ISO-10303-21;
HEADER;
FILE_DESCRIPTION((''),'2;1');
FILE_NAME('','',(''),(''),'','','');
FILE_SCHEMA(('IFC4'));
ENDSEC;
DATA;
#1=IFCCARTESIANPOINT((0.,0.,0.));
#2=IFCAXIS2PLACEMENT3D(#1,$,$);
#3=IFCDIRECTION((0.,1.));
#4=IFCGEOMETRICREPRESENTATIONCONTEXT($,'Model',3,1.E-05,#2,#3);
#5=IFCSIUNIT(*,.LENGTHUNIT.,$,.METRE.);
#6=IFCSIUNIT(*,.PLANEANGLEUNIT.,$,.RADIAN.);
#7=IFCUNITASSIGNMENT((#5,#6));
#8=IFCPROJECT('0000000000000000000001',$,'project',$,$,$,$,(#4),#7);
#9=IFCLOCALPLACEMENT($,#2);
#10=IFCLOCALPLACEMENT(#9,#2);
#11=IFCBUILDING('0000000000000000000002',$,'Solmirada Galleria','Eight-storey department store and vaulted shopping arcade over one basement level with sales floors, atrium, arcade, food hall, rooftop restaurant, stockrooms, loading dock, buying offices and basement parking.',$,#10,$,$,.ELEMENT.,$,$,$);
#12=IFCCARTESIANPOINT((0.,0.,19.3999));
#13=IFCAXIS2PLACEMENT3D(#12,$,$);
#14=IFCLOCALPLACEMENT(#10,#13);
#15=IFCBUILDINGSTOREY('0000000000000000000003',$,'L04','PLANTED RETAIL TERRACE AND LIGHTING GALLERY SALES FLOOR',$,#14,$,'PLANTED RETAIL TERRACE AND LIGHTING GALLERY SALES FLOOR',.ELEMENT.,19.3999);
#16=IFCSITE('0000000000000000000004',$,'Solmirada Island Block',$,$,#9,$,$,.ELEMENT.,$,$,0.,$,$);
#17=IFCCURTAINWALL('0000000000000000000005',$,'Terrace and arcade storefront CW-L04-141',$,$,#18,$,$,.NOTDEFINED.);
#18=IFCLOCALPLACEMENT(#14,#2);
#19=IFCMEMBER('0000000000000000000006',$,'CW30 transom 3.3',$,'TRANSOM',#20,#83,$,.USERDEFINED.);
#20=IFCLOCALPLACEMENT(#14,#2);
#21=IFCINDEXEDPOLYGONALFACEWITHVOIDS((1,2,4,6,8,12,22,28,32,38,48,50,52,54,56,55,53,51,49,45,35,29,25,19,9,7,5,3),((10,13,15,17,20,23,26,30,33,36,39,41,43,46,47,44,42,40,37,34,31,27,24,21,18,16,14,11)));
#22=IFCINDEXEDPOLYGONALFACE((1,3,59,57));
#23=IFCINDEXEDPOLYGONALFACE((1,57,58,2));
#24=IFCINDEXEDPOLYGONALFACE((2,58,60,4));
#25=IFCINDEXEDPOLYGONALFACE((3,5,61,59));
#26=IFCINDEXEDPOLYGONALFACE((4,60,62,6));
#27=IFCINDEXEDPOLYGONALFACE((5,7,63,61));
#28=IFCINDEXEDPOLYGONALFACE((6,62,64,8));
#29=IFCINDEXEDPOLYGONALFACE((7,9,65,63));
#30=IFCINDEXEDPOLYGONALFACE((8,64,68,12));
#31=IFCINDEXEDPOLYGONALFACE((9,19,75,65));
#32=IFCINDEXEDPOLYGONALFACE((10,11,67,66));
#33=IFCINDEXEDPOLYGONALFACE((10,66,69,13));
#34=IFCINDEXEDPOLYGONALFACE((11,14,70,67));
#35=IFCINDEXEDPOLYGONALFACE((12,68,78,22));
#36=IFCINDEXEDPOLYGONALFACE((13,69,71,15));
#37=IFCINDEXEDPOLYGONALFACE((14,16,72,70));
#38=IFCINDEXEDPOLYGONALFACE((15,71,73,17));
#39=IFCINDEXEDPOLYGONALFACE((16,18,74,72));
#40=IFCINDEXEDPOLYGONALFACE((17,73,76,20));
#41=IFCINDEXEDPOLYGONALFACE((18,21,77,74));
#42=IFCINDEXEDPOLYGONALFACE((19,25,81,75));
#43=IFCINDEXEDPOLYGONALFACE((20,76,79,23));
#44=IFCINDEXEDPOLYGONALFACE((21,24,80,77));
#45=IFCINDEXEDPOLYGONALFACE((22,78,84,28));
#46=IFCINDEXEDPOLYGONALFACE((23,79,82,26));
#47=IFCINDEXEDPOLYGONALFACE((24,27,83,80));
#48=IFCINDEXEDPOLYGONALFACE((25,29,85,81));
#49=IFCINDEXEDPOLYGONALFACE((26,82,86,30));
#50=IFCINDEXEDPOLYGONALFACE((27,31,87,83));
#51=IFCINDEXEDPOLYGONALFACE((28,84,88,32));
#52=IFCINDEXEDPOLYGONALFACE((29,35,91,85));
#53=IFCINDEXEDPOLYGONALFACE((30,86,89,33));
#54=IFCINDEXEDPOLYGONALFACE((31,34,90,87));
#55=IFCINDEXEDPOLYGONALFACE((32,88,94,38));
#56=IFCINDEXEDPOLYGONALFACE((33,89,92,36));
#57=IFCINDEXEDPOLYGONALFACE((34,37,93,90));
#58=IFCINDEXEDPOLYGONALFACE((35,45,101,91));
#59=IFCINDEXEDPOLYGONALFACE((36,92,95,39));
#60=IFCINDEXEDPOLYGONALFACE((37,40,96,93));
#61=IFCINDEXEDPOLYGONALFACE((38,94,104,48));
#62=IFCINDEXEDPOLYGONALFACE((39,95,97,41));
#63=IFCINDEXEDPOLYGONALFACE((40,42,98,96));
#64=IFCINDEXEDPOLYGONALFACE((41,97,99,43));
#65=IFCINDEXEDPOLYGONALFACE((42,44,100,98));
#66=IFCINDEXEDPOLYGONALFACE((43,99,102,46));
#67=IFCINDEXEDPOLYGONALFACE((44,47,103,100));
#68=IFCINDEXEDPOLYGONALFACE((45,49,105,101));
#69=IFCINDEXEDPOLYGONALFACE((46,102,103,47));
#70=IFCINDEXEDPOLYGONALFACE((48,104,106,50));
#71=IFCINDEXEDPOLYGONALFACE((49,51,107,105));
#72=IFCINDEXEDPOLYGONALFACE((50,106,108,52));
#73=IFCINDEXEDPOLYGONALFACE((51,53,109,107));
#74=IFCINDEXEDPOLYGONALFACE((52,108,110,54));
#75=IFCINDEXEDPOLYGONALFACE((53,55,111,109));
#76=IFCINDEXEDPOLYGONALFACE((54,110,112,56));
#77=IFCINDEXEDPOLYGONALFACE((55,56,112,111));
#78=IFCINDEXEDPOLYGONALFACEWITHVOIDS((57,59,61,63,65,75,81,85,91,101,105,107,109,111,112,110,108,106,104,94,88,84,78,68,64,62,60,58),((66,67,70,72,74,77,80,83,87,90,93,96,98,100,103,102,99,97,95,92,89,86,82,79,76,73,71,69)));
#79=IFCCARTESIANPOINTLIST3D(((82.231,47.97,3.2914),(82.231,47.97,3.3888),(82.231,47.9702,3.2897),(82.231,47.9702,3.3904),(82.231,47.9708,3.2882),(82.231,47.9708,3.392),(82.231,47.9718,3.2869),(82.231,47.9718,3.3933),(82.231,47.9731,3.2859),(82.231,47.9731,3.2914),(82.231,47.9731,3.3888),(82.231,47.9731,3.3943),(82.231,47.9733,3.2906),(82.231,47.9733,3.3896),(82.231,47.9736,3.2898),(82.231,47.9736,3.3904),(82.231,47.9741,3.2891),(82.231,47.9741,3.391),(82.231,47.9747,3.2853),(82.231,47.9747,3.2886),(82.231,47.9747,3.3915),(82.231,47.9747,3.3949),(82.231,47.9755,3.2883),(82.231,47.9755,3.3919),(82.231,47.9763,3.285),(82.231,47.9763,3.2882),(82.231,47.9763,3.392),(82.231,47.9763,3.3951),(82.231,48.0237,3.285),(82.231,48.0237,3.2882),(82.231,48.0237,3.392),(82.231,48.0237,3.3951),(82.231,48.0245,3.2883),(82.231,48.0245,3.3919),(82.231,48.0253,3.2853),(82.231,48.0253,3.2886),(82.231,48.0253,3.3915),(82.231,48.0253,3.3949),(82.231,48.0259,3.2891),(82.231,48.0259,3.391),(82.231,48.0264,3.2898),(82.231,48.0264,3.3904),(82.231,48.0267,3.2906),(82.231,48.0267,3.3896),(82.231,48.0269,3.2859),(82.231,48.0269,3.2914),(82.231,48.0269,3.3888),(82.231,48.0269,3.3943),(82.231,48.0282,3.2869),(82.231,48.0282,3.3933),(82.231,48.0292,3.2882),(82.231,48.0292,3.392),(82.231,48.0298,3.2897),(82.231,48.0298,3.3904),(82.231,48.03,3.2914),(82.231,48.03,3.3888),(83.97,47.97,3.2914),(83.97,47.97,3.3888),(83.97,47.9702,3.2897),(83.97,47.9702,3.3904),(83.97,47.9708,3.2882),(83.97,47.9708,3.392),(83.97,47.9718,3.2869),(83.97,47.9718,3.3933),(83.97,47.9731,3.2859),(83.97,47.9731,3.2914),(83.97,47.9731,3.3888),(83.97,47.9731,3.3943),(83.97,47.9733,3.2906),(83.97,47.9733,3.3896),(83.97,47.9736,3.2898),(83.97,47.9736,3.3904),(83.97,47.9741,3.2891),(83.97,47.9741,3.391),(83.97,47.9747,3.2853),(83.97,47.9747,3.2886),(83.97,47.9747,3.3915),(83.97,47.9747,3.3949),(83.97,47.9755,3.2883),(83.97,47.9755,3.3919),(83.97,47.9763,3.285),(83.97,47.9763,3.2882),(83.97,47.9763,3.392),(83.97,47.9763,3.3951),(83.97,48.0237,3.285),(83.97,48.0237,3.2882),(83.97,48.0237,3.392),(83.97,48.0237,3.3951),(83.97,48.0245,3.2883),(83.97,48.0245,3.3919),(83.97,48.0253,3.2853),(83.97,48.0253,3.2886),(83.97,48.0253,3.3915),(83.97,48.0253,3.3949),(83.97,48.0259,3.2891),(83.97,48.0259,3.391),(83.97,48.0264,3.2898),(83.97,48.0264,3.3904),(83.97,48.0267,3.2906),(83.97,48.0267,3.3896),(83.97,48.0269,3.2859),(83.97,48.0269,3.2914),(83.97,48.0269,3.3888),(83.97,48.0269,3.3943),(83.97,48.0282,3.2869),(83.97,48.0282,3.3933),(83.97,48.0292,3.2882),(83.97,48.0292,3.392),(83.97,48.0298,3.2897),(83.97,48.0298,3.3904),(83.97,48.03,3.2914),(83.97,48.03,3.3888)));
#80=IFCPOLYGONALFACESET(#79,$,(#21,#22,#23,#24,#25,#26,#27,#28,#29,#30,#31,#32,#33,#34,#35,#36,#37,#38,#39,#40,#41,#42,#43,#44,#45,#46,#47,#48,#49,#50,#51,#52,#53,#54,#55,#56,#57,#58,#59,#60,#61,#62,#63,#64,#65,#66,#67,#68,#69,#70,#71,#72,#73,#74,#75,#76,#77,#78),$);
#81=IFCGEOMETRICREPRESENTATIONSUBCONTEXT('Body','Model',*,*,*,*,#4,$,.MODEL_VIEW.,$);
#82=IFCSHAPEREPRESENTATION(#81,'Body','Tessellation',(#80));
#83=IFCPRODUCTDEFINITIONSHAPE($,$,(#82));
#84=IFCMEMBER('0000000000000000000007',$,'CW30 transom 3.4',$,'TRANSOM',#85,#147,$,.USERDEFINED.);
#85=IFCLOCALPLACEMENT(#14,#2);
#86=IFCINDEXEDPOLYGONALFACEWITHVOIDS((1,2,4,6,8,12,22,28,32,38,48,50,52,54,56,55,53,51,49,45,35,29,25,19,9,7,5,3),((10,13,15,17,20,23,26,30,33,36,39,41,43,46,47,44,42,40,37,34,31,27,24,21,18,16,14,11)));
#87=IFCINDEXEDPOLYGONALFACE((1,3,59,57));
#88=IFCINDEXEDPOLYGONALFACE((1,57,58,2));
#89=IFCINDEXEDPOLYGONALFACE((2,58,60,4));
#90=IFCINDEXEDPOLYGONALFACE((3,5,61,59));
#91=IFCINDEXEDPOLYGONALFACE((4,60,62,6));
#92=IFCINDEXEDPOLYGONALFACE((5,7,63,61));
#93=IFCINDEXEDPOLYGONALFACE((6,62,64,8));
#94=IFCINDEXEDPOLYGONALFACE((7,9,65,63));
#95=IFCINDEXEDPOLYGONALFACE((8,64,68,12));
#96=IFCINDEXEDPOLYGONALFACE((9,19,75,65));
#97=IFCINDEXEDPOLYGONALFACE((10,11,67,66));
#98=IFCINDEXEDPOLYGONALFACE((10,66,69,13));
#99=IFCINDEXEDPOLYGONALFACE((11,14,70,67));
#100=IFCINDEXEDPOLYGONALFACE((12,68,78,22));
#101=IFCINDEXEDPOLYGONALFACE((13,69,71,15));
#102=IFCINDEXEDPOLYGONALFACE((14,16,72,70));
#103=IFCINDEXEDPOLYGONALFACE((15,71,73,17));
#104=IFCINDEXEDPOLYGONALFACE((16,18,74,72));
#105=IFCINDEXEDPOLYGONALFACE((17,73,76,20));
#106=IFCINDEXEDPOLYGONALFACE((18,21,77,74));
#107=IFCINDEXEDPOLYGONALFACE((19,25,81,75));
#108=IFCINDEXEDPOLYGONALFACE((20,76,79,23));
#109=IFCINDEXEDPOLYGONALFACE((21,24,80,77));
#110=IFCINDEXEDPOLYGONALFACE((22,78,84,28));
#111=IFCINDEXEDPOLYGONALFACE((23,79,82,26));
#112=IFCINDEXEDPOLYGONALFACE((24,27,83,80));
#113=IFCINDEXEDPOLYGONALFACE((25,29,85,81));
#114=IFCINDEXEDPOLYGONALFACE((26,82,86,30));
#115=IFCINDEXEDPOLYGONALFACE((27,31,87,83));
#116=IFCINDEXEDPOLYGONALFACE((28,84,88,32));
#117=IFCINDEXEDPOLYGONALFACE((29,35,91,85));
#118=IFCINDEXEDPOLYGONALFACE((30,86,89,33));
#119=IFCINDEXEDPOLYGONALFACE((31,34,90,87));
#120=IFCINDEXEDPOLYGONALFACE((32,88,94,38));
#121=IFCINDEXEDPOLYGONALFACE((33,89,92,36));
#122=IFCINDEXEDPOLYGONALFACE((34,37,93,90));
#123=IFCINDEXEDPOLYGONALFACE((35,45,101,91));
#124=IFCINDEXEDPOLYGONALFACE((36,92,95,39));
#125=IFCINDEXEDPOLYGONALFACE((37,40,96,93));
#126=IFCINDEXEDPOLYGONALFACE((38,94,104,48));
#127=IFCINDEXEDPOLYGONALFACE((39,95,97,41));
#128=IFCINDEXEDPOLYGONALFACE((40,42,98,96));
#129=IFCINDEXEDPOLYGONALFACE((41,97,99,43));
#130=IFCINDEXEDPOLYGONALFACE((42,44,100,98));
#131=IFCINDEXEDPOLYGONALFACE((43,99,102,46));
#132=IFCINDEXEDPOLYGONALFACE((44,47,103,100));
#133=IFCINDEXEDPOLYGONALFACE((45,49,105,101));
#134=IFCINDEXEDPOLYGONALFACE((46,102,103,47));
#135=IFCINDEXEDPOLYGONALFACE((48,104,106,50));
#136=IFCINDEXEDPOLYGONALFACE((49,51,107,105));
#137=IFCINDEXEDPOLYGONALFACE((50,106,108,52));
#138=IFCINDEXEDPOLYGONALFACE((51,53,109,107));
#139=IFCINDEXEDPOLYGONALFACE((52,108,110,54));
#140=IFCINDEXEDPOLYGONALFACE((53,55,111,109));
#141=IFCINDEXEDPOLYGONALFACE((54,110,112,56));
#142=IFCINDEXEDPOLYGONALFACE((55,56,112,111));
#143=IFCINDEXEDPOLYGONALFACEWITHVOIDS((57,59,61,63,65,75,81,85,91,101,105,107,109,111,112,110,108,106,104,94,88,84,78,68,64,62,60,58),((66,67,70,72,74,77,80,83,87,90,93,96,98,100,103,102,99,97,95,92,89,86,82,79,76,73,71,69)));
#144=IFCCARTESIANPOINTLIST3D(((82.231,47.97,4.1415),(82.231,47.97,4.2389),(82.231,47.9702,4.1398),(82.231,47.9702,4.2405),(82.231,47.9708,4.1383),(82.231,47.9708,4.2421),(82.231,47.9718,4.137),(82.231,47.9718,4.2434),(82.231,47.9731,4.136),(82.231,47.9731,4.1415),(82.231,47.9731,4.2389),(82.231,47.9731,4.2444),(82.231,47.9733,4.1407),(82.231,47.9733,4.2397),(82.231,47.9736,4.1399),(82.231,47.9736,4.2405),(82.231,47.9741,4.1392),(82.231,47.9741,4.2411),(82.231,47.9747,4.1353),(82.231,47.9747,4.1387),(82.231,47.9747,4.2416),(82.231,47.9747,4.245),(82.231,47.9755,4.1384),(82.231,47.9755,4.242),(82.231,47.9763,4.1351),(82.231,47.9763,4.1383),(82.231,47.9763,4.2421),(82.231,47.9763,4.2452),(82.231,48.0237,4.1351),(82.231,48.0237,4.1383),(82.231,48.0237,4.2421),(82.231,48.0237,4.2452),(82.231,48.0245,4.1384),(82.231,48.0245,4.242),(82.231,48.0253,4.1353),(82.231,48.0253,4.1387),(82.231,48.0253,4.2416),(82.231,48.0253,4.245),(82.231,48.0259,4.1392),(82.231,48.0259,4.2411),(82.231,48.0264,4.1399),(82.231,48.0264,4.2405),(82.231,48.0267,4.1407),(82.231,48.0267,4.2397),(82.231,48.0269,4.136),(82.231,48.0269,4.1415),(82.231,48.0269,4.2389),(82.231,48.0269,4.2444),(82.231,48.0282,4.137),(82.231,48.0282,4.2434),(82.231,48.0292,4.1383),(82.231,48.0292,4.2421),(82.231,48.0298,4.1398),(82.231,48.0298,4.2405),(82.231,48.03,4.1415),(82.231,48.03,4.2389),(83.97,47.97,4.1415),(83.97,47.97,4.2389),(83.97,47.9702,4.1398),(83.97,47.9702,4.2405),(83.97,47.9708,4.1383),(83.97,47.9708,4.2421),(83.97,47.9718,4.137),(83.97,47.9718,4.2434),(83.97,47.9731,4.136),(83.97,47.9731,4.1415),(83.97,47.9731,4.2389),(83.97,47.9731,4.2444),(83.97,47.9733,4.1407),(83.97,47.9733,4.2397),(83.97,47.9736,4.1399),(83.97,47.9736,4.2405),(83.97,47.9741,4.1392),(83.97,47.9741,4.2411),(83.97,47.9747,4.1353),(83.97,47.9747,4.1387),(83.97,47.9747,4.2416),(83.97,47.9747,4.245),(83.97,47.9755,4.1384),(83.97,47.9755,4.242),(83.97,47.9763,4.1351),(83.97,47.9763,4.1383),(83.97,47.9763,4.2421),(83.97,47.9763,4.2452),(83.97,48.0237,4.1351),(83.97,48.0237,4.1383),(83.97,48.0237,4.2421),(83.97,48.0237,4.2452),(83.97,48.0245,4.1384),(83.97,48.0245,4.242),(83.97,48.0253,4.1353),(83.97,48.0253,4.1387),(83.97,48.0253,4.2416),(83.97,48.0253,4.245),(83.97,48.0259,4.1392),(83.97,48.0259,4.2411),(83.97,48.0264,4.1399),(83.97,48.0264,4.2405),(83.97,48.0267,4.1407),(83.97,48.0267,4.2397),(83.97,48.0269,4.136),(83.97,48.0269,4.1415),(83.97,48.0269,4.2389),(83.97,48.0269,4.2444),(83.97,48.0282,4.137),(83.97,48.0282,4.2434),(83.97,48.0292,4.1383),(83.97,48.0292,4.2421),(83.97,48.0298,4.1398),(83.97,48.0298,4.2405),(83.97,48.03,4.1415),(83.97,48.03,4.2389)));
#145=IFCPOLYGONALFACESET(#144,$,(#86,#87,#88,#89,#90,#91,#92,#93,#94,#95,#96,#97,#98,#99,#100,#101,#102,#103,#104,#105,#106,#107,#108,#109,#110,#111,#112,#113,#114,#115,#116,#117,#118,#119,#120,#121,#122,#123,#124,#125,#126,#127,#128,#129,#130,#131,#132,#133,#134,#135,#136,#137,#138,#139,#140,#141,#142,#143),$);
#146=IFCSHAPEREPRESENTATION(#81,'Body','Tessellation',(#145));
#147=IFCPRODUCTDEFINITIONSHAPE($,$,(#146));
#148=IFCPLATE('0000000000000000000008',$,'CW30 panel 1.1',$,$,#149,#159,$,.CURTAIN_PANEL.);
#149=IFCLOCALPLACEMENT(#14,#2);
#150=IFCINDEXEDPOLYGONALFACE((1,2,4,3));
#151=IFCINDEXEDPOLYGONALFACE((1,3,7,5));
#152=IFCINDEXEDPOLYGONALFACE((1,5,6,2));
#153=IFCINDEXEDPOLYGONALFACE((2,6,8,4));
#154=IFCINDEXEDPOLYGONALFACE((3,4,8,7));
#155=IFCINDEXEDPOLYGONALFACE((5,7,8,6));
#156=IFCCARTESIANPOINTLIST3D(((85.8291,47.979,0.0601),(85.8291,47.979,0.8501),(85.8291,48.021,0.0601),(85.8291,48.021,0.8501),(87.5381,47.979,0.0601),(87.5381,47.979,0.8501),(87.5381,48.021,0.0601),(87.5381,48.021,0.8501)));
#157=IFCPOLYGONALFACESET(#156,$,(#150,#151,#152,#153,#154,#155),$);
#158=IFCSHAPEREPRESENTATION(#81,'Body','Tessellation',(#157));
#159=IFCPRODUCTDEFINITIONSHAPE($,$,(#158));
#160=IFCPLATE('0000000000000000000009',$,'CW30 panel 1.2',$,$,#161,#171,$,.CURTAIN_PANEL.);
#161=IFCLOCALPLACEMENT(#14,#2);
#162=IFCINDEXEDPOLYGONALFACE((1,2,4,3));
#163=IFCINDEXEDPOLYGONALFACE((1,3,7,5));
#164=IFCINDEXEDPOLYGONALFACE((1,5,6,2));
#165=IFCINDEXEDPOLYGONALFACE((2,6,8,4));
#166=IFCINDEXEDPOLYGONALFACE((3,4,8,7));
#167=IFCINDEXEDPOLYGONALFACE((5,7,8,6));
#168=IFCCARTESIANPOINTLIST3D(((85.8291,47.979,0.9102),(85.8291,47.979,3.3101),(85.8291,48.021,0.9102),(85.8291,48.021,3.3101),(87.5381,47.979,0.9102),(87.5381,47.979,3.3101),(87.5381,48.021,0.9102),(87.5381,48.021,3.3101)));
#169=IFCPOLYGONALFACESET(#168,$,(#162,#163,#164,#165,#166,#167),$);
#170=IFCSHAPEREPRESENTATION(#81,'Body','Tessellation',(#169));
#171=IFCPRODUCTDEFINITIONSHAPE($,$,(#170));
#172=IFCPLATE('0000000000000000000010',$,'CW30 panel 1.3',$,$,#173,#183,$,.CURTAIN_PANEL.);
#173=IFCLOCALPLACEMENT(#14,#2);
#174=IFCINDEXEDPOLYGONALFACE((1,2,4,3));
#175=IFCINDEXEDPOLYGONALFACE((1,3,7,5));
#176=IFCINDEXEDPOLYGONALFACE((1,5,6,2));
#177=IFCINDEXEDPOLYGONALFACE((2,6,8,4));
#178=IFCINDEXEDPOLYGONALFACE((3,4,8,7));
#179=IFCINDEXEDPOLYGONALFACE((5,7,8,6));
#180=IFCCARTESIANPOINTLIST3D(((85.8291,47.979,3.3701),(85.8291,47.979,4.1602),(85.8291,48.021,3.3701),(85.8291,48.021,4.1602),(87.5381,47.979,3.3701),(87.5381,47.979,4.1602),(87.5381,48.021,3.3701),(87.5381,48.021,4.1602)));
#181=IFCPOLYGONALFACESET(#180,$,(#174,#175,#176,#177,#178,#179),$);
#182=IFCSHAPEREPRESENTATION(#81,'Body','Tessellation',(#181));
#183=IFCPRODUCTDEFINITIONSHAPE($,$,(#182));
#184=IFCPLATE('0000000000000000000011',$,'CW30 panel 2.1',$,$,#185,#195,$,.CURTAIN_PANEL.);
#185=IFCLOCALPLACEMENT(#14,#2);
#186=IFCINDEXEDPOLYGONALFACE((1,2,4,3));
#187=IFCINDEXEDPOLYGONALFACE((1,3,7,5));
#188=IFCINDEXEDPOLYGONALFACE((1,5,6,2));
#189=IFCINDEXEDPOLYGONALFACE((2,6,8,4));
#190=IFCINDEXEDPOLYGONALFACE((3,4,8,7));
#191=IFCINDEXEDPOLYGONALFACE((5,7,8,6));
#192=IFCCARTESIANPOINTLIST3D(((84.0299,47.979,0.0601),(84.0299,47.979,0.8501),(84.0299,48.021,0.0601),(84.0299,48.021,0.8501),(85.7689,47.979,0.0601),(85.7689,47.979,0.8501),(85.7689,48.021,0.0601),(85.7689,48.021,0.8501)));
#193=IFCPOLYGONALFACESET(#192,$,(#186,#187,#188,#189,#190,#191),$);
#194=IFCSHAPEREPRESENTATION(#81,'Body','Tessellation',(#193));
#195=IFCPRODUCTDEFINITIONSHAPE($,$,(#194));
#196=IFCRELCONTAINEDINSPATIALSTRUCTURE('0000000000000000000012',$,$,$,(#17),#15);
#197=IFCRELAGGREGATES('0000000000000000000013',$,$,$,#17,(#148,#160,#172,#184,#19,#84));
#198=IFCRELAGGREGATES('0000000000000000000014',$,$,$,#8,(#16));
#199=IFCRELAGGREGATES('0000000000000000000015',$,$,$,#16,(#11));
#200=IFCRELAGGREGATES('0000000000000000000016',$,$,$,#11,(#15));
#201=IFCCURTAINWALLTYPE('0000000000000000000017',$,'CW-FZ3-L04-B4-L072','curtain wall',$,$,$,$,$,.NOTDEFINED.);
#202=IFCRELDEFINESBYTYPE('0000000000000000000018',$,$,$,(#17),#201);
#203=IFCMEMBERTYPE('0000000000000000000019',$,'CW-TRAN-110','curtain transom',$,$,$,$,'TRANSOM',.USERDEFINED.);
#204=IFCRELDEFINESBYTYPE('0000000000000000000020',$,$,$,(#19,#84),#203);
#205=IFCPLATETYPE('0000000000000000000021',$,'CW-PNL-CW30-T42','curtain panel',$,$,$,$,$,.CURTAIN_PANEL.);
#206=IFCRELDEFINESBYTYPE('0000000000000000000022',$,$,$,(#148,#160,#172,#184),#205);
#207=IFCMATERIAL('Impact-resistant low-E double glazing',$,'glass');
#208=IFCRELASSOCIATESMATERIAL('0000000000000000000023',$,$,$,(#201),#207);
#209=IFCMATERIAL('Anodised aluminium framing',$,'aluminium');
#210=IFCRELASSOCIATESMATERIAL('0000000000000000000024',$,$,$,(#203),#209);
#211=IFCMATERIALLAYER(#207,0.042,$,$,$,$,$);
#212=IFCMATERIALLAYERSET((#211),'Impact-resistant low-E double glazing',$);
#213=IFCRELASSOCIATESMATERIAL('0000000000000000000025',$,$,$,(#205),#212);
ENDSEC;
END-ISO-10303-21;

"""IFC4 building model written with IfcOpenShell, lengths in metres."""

from ifc_helpers import new_model, si_unit, direction, frame, origin, origin_2d, place, context, subcontext, project, spatial, rectangle, hollow_rectangle, extrude, material, layer, layer_set, material_profile, profile_set, type_object, element, aggregate, save


model = new_model("IFC4")

# Units and contexts
model_context = context("Model", 3, precision=1e-05, world=origin(), true_north=direction((0.0, 1.0)))
body_context = subcontext(model_context, "Body", "Model", "MODEL_VIEW")
ifc_project = project(units=[si_unit("LENGTHUNIT", "METRE"), si_unit("PLANEANGLEUNIT", "RADIAN")], contexts=[model_context])

# Site, building, storey
site_placement = place(None, origin())
site = spatial("IfcSite", under=ifc_project, at=site_placement, Name="Solmirada Island Block", CompositionType="ELEMENT", RefElevation=0.0)
building_placement = place(site_placement, origin())
building = spatial("IfcBuilding", under=site, at=building_placement, Name="Solmirada Galleria", Description="Eight-storey department store and vaulted shopping arcade over one basement level with sales floors, atrium, arcade, food hall, rooftop restaurant, stockrooms, loading dock, buying offices and basement parking.", CompositionType="ELEMENT")
storey_placement = place(building_placement, frame((0.0, 0.0, 19.3999)))
storey = spatial("IfcBuildingStorey", under=building, at=storey_placement, Name="L04", Description="PLANTED RETAIL TERRACE AND LIGHTING GALLERY SALES FLOOR", LongName="PLANTED RETAIL TERRACE AND LIGHTING GALLERY SALES FLOOR", CompositionType="ELEMENT", Elevation=19.3999)

# Curtain wall, members, plates
ifc_material_1 = material(Name="Impact-resistant low-E double glazing", Category="glass")
curtain_wall_type = type_object("IfcCurtainWallType", Name="CW-FZ3-L04-B4-L072", Description="curtain wall", PredefinedType="NOTDEFINED", material=ifc_material_1)
curtain_wall_placement = place(storey_placement, origin())
curtain_wall = element("IfcCurtainWall", 1, at=curtain_wall_placement, inside=storey, type_object=curtain_wall_type, Name="Terrace and arcade storefront CW-L04-141", PredefinedType="NOTDEFINED")
ifc_material_2 = material(Name="Anodised aluminium framing", Category="aluminium")
ifc_material_profile_1 = material_profile(ifc_material_2, hollow_rectangle(XDim=0.0601, YDim=0.1101, WallThickness=0.0032, InnerFilletRadius=0.0032, OuterFilletRadius=0.0063, at=origin_2d()), Name="ALU-TRAN-110X60")
ifc_profile_set_1 = profile_set([ifc_material_profile_1], Name="Anodised aluminium framing")
member_type_1 = type_object("IfcMemberType", Name="CW-TRAN-110", Description="curtain transom", ElementType="TRANSOM", PredefinedType="USERDEFINED", material=ifc_profile_set_1)
member_1_placement = place(storey_placement, frame((83.97, 48.0, 3.3401), z_axis=(-1.0, 0.0, 0.0), x_axis=(0.0, -1.0, 0.0)))
member_1 = element("IfcMember", 2, at=member_1_placement, type_object=member_type_1, Name="CW30 transom 3.3", ObjectType="TRANSOM", PredefinedType="USERDEFINED", context=body_context, shape_type="SweptSolid", body=[
    extrude(hollow_rectangle(XDim=0.0601, YDim=0.1101, WallThickness=0.0032, InnerFilletRadius=0.0032, OuterFilletRadius=0.0063, at=origin_2d()), origin(), (0.0, 0.0, 1.0), 1.739),
])
member_2_placement = place(storey_placement, frame((83.97, 48.0, 4.1902), z_axis=(-1.0, 0.0, 0.0), x_axis=(0.0, -1.0, 0.0)))
member_2 = element("IfcMember", 3, at=member_2_placement, type_object=member_type_1, Name="CW30 transom 3.4", ObjectType="TRANSOM", PredefinedType="USERDEFINED", context=body_context, shape_type="SweptSolid", body=[
    extrude(hollow_rectangle(XDim=0.0601, YDim=0.1101, WallThickness=0.0032, InnerFilletRadius=0.0032, OuterFilletRadius=0.0063, at=origin_2d()), origin(), (0.0, 0.0, 1.0), 1.739),
])
ifc_layer = layer(ifc_material_1, 0.042)
ifc_layer_set = layer_set([ifc_layer], Name="Impact-resistant low-E double glazing")
plate_type = type_object("IfcPlateType", Name="CW-PNL-CW30-T42", Description="curtain panel", PredefinedType="CURTAIN_PANEL", material=ifc_layer_set)
plate_1_placement = place(storey_placement, frame((86.6836, 48.0, 0.0601), z_axis=(0.0, 0.0, 1.0), x_axis=(-1.0, 0.0, 0.0)))
plate_1 = element("IfcPlate", 4, at=plate_1_placement, type_object=plate_type, Name="CW30 panel 1.1", PredefinedType="CURTAIN_PANEL", context=body_context, shape_type="SweptSolid", body=[
    extrude(rectangle(XDim=1.709, YDim=0.042, at=origin_2d()), origin(), (0.0, 0.0, 1.0), 0.79),
])
plate_2_placement = place(storey_placement, frame((86.6836, 48.0, 0.9102), z_axis=(0.0, 0.0, 1.0), x_axis=(-1.0, 0.0, 0.0)))
plate_2 = element("IfcPlate", 5, at=plate_2_placement, type_object=plate_type, Name="CW30 panel 1.2", PredefinedType="CURTAIN_PANEL", context=body_context, shape_type="SweptSolid", body=[
    extrude(rectangle(XDim=1.709, YDim=0.042, at=origin_2d()), origin(), (0.0, 0.0, 1.0), 2.3999),
])
plate_3_placement = place(storey_placement, frame((86.6836, 48.0, 3.3701), z_axis=(0.0, 0.0, 1.0), x_axis=(-1.0, 0.0, 0.0)))
plate_3 = element("IfcPlate", 6, at=plate_3_placement, type_object=plate_type, Name="CW30 panel 1.3", PredefinedType="CURTAIN_PANEL", context=body_context, shape_type="SweptSolid", body=[
    extrude(rectangle(XDim=1.709, YDim=0.042, at=origin_2d()), origin(), (0.0, 0.0, 1.0), 0.79),
])
plate_4_placement = place(storey_placement, frame((84.8994, 48.0, 0.0601), z_axis=(0.0, 0.0, 1.0), x_axis=(-1.0, 0.0, 0.0)))
plate_4 = element("IfcPlate", 7, at=plate_4_placement, type_object=plate_type, Name="CW30 panel 2.1", PredefinedType="CURTAIN_PANEL", context=body_context, shape_type="SweptSolid", body=[
    extrude(rectangle(XDim=1.739, YDim=0.042, at=origin_2d()), origin(), (0.0, 0.0, 1.0), 0.79),
])
aggregate(curtain_wall, [plate_1, plate_2, plate_3, plate_4, member_1, member_2])

save(model, "model.ifc")
